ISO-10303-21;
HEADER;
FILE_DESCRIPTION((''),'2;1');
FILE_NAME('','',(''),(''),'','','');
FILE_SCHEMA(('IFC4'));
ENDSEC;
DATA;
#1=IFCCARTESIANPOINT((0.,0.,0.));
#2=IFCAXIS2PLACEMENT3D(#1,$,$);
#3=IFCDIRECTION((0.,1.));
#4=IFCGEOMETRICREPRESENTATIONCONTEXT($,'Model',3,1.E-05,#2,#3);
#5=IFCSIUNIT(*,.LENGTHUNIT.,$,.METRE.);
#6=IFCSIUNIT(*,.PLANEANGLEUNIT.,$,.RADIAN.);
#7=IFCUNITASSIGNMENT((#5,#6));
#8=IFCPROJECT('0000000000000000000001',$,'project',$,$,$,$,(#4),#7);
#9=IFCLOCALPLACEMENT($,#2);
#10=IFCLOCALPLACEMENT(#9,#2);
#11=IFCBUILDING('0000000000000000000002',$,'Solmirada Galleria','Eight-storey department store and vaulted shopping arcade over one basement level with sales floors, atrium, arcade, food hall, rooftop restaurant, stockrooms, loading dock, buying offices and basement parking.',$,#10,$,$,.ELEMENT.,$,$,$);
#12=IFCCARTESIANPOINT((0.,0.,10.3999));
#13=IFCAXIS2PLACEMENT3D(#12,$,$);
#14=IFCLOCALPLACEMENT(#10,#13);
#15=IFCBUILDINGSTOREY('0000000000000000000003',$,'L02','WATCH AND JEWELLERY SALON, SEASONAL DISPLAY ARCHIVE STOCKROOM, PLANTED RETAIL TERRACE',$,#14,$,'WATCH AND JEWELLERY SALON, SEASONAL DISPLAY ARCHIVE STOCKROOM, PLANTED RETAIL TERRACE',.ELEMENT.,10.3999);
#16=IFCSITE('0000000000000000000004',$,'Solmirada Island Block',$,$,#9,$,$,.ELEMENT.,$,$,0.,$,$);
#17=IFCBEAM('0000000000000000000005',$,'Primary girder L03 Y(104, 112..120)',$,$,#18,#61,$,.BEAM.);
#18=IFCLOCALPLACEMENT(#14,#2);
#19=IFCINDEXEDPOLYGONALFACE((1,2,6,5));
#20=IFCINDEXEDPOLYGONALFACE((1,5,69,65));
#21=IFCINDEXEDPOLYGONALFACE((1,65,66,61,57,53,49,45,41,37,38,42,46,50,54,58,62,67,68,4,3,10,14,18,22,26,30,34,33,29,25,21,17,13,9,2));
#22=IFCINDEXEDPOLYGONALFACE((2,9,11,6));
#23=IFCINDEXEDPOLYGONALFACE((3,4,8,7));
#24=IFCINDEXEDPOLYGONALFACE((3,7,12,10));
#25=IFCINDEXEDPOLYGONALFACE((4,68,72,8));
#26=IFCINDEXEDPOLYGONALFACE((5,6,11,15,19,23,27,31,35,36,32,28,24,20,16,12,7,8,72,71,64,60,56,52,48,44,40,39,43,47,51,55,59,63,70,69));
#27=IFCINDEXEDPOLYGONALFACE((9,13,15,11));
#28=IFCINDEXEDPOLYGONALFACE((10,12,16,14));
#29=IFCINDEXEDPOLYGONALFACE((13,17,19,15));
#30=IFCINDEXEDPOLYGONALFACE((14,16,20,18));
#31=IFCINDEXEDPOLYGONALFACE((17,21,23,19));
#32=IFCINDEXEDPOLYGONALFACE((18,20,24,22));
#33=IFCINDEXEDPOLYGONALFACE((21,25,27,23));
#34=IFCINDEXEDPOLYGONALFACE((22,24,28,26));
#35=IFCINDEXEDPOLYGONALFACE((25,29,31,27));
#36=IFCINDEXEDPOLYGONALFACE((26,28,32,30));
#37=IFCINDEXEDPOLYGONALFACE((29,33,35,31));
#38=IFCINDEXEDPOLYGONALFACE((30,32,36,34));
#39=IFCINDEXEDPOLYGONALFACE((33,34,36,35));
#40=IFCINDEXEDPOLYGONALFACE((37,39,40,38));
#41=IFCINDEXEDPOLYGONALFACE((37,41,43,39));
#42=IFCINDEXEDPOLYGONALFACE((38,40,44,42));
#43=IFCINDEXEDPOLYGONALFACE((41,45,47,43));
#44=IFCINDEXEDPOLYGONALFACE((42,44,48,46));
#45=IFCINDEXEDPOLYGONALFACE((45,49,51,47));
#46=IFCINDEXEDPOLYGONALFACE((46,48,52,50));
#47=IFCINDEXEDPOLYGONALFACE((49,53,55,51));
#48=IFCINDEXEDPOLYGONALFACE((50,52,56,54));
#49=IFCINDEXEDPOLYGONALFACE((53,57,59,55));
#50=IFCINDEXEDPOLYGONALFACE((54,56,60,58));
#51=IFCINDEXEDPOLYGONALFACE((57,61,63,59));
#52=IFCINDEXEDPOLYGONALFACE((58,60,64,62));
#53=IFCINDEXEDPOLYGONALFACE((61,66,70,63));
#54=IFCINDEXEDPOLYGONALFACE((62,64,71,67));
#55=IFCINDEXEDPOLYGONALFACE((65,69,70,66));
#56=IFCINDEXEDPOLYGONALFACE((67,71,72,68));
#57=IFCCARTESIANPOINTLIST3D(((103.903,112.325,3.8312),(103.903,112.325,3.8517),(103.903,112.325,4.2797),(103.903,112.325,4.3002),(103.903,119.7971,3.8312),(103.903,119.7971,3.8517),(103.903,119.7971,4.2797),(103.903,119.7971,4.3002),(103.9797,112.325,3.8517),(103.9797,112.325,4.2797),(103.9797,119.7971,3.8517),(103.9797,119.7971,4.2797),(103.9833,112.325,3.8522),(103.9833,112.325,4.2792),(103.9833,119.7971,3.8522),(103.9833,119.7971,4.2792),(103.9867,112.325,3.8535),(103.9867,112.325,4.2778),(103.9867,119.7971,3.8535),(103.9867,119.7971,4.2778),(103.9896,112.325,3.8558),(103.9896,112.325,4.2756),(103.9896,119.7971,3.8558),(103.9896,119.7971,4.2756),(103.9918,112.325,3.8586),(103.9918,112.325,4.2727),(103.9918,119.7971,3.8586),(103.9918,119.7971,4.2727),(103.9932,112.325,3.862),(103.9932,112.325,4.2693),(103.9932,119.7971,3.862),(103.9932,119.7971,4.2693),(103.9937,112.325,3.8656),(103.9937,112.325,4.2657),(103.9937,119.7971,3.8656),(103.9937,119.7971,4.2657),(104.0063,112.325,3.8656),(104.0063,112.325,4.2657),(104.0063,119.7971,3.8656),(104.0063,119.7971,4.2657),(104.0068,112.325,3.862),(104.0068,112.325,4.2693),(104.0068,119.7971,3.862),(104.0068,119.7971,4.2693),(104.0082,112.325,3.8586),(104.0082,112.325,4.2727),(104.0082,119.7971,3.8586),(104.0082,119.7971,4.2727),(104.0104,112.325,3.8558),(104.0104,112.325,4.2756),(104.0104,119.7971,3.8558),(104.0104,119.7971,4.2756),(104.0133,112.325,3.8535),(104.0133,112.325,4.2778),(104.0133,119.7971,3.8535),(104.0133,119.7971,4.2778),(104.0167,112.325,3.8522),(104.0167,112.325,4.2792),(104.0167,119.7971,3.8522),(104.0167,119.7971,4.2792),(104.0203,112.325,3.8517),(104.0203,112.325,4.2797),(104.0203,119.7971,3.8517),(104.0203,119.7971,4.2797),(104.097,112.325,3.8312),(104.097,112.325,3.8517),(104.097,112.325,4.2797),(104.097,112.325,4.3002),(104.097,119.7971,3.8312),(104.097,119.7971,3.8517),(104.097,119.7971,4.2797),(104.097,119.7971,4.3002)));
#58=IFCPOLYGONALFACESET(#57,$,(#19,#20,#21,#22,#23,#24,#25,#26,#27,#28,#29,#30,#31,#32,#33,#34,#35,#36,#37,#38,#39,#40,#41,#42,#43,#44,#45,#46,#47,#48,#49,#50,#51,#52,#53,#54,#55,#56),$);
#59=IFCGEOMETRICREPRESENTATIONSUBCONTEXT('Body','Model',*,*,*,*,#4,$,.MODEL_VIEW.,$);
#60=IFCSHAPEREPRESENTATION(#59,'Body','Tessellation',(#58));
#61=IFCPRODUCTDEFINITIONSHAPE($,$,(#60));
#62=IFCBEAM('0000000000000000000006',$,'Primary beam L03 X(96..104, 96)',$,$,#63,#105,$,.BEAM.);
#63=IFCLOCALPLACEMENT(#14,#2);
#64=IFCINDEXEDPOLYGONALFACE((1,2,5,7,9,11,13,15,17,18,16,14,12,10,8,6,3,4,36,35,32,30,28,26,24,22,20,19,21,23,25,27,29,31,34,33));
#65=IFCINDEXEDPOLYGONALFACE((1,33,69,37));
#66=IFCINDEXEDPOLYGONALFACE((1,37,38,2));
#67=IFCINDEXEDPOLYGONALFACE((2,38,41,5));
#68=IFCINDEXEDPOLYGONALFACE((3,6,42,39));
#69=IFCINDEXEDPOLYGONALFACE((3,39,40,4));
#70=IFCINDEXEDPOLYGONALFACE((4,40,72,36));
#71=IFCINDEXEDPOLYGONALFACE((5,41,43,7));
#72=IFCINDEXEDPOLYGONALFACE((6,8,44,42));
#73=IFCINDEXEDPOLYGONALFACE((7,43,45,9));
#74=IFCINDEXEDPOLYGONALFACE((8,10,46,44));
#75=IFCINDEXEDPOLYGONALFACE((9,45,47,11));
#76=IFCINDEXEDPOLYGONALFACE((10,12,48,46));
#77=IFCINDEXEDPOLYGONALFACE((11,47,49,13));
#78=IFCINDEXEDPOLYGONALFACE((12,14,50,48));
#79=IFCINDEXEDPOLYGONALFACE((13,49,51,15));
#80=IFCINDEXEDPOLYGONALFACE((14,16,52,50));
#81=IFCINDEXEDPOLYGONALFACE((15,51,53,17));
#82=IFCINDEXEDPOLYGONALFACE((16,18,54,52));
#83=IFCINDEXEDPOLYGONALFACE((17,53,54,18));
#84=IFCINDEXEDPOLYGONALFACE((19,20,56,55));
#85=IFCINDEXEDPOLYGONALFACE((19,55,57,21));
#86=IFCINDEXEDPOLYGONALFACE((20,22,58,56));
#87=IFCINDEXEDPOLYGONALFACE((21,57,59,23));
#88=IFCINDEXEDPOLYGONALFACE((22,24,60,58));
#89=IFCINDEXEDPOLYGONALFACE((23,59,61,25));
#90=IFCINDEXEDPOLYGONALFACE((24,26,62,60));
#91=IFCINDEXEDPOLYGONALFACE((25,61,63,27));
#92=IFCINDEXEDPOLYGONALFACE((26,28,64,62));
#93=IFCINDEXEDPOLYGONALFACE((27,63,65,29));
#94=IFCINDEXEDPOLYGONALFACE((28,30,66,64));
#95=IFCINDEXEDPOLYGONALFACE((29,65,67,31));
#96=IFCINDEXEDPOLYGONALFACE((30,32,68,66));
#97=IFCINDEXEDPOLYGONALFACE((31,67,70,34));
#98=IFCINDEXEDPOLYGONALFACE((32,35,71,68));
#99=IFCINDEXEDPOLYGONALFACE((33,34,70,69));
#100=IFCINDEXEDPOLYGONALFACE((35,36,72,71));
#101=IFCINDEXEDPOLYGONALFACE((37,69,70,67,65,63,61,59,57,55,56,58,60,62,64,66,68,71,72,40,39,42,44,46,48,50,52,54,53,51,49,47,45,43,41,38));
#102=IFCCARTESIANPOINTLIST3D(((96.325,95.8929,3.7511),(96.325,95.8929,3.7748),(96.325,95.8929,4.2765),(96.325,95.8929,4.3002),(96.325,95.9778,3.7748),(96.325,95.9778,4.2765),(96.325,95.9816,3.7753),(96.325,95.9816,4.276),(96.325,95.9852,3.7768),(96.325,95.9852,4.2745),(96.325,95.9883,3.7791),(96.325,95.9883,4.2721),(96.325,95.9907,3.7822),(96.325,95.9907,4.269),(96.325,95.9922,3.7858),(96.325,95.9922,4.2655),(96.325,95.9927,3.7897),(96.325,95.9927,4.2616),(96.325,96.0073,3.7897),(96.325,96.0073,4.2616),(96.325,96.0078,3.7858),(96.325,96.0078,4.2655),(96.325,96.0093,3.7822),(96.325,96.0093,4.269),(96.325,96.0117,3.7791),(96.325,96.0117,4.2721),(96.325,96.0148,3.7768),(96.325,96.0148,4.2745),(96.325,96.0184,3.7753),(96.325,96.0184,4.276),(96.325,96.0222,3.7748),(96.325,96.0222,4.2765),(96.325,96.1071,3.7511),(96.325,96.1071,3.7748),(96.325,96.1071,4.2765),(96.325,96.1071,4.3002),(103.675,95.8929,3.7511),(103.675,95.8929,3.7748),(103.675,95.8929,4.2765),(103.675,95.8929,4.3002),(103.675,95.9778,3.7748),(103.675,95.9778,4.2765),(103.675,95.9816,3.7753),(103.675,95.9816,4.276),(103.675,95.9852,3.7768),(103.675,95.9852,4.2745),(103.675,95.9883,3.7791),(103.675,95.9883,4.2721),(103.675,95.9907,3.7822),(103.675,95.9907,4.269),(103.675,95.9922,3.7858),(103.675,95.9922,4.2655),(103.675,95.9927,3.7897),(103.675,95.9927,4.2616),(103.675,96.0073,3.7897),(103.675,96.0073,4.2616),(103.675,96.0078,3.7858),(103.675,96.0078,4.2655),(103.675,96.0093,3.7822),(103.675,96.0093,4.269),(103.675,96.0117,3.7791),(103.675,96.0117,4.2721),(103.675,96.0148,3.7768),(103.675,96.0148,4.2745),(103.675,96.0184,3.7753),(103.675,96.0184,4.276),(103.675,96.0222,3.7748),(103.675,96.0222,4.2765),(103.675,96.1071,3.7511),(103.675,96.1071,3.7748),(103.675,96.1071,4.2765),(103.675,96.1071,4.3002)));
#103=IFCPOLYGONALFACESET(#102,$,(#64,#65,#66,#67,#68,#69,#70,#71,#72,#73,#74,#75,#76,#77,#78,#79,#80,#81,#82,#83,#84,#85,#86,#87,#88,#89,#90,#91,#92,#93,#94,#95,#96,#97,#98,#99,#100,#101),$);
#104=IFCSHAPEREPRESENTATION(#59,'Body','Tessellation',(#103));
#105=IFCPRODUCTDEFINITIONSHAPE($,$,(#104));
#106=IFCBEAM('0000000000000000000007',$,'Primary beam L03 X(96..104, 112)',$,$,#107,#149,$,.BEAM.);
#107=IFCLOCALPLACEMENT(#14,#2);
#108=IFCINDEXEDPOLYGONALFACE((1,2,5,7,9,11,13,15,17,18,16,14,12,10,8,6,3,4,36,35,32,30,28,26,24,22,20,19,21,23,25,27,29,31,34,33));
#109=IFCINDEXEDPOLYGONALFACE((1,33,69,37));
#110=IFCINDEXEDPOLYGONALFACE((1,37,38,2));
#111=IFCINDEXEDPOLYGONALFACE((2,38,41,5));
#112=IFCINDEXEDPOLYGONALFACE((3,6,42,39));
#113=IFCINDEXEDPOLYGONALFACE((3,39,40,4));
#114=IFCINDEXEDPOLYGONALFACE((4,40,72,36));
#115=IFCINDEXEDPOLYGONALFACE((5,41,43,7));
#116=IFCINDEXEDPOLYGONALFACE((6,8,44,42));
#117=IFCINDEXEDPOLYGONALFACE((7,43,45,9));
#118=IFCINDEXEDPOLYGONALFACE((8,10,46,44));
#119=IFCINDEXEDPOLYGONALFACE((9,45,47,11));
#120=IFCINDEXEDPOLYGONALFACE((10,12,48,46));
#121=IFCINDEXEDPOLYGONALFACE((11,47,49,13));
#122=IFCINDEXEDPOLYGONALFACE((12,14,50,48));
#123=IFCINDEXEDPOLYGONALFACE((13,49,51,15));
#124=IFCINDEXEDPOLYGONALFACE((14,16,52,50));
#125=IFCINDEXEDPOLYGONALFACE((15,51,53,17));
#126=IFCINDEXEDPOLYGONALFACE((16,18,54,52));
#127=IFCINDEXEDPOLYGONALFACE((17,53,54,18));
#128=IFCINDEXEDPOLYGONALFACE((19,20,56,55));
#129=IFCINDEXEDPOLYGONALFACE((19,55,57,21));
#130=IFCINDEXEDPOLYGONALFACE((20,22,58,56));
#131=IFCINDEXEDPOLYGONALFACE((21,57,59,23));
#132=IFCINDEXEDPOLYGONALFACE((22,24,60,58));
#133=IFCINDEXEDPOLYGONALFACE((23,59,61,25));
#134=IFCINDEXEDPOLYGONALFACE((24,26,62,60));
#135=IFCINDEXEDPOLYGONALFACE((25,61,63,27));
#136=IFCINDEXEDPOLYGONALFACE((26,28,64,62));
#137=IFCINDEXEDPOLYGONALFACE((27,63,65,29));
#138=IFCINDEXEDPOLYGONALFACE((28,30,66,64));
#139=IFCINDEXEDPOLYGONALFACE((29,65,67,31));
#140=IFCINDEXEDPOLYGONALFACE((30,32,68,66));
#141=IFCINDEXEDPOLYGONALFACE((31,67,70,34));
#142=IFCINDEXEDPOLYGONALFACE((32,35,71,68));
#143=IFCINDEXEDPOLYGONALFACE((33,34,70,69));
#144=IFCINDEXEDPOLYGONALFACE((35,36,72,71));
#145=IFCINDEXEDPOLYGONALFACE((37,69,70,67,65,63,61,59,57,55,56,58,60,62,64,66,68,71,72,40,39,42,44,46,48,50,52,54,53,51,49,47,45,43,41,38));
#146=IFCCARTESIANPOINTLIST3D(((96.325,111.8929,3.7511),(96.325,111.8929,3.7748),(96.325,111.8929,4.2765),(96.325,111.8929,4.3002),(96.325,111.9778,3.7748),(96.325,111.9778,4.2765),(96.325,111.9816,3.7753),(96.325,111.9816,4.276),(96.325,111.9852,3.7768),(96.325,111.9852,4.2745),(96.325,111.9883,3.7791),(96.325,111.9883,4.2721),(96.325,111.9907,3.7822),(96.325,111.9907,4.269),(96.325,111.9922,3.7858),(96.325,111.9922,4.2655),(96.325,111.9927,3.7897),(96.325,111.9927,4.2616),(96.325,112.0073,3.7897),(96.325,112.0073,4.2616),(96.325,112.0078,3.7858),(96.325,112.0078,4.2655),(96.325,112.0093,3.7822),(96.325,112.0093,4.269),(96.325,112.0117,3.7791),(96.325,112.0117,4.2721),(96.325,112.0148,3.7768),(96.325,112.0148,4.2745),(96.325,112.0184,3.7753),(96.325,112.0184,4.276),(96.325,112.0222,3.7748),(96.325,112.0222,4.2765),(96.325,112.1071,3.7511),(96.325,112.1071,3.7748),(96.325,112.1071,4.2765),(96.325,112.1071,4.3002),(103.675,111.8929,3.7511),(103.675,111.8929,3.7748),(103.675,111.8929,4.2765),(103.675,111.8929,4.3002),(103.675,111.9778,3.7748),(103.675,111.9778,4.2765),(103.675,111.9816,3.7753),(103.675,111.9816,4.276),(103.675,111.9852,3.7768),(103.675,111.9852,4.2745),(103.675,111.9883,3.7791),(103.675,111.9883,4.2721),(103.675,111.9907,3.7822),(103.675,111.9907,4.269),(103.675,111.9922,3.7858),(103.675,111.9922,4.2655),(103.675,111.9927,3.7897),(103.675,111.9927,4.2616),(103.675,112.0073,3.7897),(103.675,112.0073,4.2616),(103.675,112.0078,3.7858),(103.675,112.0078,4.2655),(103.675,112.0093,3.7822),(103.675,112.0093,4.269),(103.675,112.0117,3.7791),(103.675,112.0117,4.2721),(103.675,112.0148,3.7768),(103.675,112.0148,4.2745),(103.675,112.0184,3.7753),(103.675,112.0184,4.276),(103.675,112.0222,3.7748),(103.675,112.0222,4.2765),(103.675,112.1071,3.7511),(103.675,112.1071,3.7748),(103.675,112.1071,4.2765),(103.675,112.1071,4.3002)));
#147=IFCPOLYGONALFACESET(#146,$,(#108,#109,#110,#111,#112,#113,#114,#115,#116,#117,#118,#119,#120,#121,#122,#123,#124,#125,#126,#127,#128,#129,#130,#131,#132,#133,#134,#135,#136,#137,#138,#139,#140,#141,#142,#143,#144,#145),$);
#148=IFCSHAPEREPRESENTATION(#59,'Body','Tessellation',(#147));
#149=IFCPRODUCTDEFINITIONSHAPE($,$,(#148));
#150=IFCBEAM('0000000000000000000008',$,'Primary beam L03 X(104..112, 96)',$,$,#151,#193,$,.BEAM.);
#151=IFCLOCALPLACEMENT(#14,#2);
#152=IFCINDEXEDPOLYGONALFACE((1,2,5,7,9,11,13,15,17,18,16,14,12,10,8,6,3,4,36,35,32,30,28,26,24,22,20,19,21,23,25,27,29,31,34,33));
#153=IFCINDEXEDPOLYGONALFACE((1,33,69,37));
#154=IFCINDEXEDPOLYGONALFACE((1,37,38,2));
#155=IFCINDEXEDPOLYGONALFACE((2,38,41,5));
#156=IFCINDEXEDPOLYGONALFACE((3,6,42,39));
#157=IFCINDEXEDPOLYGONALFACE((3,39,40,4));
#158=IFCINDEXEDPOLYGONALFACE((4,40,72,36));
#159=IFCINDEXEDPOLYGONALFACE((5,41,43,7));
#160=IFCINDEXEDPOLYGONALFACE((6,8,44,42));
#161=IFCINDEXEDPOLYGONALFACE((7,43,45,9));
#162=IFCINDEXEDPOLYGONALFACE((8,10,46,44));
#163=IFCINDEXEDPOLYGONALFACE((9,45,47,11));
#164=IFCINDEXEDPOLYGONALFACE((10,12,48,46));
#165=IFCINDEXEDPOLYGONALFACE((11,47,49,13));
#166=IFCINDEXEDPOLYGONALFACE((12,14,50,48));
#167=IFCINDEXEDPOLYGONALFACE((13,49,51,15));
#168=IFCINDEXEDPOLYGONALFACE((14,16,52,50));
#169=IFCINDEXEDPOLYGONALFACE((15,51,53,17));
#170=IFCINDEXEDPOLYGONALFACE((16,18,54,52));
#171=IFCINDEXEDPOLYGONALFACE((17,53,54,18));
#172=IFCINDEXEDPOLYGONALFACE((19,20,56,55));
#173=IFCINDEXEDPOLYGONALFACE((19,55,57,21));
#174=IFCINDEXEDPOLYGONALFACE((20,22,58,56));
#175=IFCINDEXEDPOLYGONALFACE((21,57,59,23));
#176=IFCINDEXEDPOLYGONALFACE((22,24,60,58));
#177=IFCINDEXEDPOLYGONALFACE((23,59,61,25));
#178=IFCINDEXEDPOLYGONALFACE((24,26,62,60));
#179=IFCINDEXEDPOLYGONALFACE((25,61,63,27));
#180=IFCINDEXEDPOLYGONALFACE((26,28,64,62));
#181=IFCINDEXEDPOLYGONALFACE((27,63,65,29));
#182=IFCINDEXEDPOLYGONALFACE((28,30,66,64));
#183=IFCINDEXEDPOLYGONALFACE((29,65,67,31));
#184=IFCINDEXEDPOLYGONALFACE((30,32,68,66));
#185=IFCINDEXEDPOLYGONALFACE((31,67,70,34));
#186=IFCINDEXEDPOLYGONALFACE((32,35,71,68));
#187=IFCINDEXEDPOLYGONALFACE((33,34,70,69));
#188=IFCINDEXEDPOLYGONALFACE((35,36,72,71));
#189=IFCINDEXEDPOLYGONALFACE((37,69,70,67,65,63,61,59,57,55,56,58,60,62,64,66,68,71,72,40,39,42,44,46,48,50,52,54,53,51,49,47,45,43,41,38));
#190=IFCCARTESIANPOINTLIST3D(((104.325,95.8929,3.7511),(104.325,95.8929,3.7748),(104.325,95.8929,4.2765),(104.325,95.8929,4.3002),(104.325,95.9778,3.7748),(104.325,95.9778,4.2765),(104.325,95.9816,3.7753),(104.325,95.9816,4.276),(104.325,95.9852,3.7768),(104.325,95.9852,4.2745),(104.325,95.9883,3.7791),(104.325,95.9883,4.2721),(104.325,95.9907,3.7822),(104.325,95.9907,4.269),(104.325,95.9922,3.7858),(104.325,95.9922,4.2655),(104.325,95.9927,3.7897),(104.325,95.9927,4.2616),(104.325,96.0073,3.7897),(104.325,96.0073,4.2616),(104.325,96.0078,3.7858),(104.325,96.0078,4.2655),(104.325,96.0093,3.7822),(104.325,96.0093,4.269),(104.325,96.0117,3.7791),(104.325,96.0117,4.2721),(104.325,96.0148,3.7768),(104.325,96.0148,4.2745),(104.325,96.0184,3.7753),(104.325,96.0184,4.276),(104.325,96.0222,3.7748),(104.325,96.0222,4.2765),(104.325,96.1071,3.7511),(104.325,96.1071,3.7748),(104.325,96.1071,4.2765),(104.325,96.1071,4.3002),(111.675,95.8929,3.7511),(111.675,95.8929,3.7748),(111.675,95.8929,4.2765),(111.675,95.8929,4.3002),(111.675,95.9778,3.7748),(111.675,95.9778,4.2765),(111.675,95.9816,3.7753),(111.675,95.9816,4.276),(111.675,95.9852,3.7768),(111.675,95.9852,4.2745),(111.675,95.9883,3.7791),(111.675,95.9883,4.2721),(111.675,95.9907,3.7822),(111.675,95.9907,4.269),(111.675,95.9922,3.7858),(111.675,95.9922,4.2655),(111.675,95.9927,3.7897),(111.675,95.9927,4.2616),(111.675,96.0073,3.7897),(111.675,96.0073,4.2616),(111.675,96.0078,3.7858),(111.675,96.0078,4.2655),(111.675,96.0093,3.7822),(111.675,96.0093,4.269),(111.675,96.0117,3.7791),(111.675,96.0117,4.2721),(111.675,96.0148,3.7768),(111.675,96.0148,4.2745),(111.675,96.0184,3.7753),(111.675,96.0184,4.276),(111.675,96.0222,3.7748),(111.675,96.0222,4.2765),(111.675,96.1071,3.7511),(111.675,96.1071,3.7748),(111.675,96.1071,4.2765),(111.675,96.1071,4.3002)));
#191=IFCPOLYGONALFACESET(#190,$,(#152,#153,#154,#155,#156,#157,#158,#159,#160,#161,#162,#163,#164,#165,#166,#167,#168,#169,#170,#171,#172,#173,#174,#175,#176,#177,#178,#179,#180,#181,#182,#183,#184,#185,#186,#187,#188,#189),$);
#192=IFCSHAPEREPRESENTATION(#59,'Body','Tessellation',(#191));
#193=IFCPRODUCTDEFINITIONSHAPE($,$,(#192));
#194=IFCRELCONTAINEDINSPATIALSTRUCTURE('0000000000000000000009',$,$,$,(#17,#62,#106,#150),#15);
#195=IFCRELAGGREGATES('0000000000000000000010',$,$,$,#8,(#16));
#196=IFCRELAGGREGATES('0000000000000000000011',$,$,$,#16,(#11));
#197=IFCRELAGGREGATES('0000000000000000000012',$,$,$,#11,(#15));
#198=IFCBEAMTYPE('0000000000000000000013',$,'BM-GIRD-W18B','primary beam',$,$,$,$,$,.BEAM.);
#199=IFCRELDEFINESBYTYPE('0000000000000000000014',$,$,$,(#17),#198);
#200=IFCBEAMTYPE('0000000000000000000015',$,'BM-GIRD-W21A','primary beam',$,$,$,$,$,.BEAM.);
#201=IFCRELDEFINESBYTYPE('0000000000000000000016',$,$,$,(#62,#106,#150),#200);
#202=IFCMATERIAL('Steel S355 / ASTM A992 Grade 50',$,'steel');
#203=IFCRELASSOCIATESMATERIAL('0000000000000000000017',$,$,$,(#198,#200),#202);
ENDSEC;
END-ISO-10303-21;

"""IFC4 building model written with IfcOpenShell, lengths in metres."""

from ifc_helpers import new_model, si_unit, direction, frame, origin, origin_2d, place, context, subcontext, project, spatial, i_section, extrude, material, material_profile, profile_set, type_object, element, save


model = new_model("IFC4")

# Units and contexts
model_context = context("Model", 3, precision=1e-05, world=origin(), true_north=direction((0.0, 1.0)))
body_context = subcontext(model_context, "Body", "Model", "MODEL_VIEW")
ifc_project = project(units=[si_unit("LENGTHUNIT", "METRE"), si_unit("PLANEANGLEUNIT", "RADIAN")], contexts=[model_context])

# Site, building, storey
site_placement = place(None, origin())
site = spatial("IfcSite", under=ifc_project, at=site_placement, Name="Solmirada Island Block", CompositionType="ELEMENT", RefElevation=0.0)
building_placement = place(site_placement, origin())
building = spatial("IfcBuilding", under=site, at=building_placement, Name="Solmirada Galleria", Description="Eight-storey department store and vaulted shopping arcade over one basement level with sales floors, atrium, arcade, food hall, rooftop restaurant, stockrooms, loading dock, buying offices and basement parking.", CompositionType="ELEMENT")
storey_placement = place(building_placement, frame((0.0, 0.0, 10.3999)))
storey = spatial("IfcBuildingStorey", under=building, at=storey_placement, Name="L02", Description="WATCH AND JEWELLERY SALON, SEASONAL DISPLAY ARCHIVE STOCKROOM, PLANTED RETAIL TERRACE", LongName="WATCH AND JEWELLERY SALON, SEASONAL DISPLAY ARCHIVE STOCKROOM, PLANTED RETAIL TERRACE", CompositionType="ELEMENT", Elevation=10.3999)

# Beams
ifc_material_1 = material(Name="Steel S355 / ASTM A992 Grade 50", Category="steel")
ifc_material_profile_1 = material_profile(ifc_material_1, i_section(OverallWidth=0.1941, OverallDepth=0.469, WebThickness=0.0127, FlangeThickness=0.0205, FilletRadius=0.0139, at=origin_2d()), Name="W18X71")
ifc_profile_set_1 = profile_set([ifc_material_profile_1], Name="Steel S355 / ASTM A992 Grade 50")
beam_type_1 = type_object("IfcBeamType", Name="BM-GIRD-W18B", Description="primary beam", PredefinedType="BEAM", material=ifc_profile_set_1)
beam_1_placement = place(storey_placement, frame((104.0, 112.325, 4.0657), z_axis=(0.0, 1.0, 0.0), x_axis=(-1.0, 0.0, 0.0)))
element("IfcBeam", 1, at=beam_1_placement, inside=storey, type_object=beam_type_1, Name="Primary girder L03 Y(104, 112..120)", PredefinedType="BEAM", context=body_context, shape_type="SweptSolid", body=[
    extrude(i_section(OverallWidth=0.1941, OverallDepth=0.469, WebThickness=0.0127, FlangeThickness=0.0205, FilletRadius=0.0139, at=origin_2d()), origin(), (0.0, 0.0, 1.0), 7.4722),
])
ifc_material_profile_2 = material_profile(ifc_material_1, i_section(OverallWidth=0.2141, OverallDepth=0.5491, WebThickness=0.0146, FlangeThickness=0.0237, FilletRadius=0.0149, at=origin_2d()), Name="W21X93")
ifc_profile_set_2 = profile_set([ifc_material_profile_2], Name="Steel S355 / ASTM A992 Grade 50")
beam_type_2 = type_object("IfcBeamType", Name="BM-GIRD-W21A", Description="primary beam", PredefinedType="BEAM", material=ifc_profile_set_2)
for number, where, z_axis, x_axis, name in (
    (2, (96.325, 96.0, 4.0256), (1.0, 0.0, 0.0), (0.0, 1.0, 0.0), "Primary beam L03 X(96..104, 96)"),
    (3, (96.325, 112.0, 4.0256), (1.0, 0.0, 0.0), (0.0, 1.0, 0.0), "Primary beam L03 X(96..104, 112)"),
    (4, (104.325, 96.0, 4.0256), (1.0, 0.0, 0.0), (0.0, 1.0, 0.0), "Primary beam L03 X(104..112, 96)"),
):
    element("IfcBeam", number, at=place(storey_placement, frame(where, z_axis=z_axis, x_axis=x_axis)), inside=storey, type_object=beam_type_2, Name=name, PredefinedType="BEAM", context=body_context, shape_type="SweptSolid", body=[
        extrude(i_section(OverallWidth=0.2141, OverallDepth=0.5491, WebThickness=0.0146, FlangeThickness=0.0237, FilletRadius=0.0149, at=origin_2d()), origin(), (0.0, 0.0, 1.0), 7.3501),
    ])

save(model, "model.ifc")
